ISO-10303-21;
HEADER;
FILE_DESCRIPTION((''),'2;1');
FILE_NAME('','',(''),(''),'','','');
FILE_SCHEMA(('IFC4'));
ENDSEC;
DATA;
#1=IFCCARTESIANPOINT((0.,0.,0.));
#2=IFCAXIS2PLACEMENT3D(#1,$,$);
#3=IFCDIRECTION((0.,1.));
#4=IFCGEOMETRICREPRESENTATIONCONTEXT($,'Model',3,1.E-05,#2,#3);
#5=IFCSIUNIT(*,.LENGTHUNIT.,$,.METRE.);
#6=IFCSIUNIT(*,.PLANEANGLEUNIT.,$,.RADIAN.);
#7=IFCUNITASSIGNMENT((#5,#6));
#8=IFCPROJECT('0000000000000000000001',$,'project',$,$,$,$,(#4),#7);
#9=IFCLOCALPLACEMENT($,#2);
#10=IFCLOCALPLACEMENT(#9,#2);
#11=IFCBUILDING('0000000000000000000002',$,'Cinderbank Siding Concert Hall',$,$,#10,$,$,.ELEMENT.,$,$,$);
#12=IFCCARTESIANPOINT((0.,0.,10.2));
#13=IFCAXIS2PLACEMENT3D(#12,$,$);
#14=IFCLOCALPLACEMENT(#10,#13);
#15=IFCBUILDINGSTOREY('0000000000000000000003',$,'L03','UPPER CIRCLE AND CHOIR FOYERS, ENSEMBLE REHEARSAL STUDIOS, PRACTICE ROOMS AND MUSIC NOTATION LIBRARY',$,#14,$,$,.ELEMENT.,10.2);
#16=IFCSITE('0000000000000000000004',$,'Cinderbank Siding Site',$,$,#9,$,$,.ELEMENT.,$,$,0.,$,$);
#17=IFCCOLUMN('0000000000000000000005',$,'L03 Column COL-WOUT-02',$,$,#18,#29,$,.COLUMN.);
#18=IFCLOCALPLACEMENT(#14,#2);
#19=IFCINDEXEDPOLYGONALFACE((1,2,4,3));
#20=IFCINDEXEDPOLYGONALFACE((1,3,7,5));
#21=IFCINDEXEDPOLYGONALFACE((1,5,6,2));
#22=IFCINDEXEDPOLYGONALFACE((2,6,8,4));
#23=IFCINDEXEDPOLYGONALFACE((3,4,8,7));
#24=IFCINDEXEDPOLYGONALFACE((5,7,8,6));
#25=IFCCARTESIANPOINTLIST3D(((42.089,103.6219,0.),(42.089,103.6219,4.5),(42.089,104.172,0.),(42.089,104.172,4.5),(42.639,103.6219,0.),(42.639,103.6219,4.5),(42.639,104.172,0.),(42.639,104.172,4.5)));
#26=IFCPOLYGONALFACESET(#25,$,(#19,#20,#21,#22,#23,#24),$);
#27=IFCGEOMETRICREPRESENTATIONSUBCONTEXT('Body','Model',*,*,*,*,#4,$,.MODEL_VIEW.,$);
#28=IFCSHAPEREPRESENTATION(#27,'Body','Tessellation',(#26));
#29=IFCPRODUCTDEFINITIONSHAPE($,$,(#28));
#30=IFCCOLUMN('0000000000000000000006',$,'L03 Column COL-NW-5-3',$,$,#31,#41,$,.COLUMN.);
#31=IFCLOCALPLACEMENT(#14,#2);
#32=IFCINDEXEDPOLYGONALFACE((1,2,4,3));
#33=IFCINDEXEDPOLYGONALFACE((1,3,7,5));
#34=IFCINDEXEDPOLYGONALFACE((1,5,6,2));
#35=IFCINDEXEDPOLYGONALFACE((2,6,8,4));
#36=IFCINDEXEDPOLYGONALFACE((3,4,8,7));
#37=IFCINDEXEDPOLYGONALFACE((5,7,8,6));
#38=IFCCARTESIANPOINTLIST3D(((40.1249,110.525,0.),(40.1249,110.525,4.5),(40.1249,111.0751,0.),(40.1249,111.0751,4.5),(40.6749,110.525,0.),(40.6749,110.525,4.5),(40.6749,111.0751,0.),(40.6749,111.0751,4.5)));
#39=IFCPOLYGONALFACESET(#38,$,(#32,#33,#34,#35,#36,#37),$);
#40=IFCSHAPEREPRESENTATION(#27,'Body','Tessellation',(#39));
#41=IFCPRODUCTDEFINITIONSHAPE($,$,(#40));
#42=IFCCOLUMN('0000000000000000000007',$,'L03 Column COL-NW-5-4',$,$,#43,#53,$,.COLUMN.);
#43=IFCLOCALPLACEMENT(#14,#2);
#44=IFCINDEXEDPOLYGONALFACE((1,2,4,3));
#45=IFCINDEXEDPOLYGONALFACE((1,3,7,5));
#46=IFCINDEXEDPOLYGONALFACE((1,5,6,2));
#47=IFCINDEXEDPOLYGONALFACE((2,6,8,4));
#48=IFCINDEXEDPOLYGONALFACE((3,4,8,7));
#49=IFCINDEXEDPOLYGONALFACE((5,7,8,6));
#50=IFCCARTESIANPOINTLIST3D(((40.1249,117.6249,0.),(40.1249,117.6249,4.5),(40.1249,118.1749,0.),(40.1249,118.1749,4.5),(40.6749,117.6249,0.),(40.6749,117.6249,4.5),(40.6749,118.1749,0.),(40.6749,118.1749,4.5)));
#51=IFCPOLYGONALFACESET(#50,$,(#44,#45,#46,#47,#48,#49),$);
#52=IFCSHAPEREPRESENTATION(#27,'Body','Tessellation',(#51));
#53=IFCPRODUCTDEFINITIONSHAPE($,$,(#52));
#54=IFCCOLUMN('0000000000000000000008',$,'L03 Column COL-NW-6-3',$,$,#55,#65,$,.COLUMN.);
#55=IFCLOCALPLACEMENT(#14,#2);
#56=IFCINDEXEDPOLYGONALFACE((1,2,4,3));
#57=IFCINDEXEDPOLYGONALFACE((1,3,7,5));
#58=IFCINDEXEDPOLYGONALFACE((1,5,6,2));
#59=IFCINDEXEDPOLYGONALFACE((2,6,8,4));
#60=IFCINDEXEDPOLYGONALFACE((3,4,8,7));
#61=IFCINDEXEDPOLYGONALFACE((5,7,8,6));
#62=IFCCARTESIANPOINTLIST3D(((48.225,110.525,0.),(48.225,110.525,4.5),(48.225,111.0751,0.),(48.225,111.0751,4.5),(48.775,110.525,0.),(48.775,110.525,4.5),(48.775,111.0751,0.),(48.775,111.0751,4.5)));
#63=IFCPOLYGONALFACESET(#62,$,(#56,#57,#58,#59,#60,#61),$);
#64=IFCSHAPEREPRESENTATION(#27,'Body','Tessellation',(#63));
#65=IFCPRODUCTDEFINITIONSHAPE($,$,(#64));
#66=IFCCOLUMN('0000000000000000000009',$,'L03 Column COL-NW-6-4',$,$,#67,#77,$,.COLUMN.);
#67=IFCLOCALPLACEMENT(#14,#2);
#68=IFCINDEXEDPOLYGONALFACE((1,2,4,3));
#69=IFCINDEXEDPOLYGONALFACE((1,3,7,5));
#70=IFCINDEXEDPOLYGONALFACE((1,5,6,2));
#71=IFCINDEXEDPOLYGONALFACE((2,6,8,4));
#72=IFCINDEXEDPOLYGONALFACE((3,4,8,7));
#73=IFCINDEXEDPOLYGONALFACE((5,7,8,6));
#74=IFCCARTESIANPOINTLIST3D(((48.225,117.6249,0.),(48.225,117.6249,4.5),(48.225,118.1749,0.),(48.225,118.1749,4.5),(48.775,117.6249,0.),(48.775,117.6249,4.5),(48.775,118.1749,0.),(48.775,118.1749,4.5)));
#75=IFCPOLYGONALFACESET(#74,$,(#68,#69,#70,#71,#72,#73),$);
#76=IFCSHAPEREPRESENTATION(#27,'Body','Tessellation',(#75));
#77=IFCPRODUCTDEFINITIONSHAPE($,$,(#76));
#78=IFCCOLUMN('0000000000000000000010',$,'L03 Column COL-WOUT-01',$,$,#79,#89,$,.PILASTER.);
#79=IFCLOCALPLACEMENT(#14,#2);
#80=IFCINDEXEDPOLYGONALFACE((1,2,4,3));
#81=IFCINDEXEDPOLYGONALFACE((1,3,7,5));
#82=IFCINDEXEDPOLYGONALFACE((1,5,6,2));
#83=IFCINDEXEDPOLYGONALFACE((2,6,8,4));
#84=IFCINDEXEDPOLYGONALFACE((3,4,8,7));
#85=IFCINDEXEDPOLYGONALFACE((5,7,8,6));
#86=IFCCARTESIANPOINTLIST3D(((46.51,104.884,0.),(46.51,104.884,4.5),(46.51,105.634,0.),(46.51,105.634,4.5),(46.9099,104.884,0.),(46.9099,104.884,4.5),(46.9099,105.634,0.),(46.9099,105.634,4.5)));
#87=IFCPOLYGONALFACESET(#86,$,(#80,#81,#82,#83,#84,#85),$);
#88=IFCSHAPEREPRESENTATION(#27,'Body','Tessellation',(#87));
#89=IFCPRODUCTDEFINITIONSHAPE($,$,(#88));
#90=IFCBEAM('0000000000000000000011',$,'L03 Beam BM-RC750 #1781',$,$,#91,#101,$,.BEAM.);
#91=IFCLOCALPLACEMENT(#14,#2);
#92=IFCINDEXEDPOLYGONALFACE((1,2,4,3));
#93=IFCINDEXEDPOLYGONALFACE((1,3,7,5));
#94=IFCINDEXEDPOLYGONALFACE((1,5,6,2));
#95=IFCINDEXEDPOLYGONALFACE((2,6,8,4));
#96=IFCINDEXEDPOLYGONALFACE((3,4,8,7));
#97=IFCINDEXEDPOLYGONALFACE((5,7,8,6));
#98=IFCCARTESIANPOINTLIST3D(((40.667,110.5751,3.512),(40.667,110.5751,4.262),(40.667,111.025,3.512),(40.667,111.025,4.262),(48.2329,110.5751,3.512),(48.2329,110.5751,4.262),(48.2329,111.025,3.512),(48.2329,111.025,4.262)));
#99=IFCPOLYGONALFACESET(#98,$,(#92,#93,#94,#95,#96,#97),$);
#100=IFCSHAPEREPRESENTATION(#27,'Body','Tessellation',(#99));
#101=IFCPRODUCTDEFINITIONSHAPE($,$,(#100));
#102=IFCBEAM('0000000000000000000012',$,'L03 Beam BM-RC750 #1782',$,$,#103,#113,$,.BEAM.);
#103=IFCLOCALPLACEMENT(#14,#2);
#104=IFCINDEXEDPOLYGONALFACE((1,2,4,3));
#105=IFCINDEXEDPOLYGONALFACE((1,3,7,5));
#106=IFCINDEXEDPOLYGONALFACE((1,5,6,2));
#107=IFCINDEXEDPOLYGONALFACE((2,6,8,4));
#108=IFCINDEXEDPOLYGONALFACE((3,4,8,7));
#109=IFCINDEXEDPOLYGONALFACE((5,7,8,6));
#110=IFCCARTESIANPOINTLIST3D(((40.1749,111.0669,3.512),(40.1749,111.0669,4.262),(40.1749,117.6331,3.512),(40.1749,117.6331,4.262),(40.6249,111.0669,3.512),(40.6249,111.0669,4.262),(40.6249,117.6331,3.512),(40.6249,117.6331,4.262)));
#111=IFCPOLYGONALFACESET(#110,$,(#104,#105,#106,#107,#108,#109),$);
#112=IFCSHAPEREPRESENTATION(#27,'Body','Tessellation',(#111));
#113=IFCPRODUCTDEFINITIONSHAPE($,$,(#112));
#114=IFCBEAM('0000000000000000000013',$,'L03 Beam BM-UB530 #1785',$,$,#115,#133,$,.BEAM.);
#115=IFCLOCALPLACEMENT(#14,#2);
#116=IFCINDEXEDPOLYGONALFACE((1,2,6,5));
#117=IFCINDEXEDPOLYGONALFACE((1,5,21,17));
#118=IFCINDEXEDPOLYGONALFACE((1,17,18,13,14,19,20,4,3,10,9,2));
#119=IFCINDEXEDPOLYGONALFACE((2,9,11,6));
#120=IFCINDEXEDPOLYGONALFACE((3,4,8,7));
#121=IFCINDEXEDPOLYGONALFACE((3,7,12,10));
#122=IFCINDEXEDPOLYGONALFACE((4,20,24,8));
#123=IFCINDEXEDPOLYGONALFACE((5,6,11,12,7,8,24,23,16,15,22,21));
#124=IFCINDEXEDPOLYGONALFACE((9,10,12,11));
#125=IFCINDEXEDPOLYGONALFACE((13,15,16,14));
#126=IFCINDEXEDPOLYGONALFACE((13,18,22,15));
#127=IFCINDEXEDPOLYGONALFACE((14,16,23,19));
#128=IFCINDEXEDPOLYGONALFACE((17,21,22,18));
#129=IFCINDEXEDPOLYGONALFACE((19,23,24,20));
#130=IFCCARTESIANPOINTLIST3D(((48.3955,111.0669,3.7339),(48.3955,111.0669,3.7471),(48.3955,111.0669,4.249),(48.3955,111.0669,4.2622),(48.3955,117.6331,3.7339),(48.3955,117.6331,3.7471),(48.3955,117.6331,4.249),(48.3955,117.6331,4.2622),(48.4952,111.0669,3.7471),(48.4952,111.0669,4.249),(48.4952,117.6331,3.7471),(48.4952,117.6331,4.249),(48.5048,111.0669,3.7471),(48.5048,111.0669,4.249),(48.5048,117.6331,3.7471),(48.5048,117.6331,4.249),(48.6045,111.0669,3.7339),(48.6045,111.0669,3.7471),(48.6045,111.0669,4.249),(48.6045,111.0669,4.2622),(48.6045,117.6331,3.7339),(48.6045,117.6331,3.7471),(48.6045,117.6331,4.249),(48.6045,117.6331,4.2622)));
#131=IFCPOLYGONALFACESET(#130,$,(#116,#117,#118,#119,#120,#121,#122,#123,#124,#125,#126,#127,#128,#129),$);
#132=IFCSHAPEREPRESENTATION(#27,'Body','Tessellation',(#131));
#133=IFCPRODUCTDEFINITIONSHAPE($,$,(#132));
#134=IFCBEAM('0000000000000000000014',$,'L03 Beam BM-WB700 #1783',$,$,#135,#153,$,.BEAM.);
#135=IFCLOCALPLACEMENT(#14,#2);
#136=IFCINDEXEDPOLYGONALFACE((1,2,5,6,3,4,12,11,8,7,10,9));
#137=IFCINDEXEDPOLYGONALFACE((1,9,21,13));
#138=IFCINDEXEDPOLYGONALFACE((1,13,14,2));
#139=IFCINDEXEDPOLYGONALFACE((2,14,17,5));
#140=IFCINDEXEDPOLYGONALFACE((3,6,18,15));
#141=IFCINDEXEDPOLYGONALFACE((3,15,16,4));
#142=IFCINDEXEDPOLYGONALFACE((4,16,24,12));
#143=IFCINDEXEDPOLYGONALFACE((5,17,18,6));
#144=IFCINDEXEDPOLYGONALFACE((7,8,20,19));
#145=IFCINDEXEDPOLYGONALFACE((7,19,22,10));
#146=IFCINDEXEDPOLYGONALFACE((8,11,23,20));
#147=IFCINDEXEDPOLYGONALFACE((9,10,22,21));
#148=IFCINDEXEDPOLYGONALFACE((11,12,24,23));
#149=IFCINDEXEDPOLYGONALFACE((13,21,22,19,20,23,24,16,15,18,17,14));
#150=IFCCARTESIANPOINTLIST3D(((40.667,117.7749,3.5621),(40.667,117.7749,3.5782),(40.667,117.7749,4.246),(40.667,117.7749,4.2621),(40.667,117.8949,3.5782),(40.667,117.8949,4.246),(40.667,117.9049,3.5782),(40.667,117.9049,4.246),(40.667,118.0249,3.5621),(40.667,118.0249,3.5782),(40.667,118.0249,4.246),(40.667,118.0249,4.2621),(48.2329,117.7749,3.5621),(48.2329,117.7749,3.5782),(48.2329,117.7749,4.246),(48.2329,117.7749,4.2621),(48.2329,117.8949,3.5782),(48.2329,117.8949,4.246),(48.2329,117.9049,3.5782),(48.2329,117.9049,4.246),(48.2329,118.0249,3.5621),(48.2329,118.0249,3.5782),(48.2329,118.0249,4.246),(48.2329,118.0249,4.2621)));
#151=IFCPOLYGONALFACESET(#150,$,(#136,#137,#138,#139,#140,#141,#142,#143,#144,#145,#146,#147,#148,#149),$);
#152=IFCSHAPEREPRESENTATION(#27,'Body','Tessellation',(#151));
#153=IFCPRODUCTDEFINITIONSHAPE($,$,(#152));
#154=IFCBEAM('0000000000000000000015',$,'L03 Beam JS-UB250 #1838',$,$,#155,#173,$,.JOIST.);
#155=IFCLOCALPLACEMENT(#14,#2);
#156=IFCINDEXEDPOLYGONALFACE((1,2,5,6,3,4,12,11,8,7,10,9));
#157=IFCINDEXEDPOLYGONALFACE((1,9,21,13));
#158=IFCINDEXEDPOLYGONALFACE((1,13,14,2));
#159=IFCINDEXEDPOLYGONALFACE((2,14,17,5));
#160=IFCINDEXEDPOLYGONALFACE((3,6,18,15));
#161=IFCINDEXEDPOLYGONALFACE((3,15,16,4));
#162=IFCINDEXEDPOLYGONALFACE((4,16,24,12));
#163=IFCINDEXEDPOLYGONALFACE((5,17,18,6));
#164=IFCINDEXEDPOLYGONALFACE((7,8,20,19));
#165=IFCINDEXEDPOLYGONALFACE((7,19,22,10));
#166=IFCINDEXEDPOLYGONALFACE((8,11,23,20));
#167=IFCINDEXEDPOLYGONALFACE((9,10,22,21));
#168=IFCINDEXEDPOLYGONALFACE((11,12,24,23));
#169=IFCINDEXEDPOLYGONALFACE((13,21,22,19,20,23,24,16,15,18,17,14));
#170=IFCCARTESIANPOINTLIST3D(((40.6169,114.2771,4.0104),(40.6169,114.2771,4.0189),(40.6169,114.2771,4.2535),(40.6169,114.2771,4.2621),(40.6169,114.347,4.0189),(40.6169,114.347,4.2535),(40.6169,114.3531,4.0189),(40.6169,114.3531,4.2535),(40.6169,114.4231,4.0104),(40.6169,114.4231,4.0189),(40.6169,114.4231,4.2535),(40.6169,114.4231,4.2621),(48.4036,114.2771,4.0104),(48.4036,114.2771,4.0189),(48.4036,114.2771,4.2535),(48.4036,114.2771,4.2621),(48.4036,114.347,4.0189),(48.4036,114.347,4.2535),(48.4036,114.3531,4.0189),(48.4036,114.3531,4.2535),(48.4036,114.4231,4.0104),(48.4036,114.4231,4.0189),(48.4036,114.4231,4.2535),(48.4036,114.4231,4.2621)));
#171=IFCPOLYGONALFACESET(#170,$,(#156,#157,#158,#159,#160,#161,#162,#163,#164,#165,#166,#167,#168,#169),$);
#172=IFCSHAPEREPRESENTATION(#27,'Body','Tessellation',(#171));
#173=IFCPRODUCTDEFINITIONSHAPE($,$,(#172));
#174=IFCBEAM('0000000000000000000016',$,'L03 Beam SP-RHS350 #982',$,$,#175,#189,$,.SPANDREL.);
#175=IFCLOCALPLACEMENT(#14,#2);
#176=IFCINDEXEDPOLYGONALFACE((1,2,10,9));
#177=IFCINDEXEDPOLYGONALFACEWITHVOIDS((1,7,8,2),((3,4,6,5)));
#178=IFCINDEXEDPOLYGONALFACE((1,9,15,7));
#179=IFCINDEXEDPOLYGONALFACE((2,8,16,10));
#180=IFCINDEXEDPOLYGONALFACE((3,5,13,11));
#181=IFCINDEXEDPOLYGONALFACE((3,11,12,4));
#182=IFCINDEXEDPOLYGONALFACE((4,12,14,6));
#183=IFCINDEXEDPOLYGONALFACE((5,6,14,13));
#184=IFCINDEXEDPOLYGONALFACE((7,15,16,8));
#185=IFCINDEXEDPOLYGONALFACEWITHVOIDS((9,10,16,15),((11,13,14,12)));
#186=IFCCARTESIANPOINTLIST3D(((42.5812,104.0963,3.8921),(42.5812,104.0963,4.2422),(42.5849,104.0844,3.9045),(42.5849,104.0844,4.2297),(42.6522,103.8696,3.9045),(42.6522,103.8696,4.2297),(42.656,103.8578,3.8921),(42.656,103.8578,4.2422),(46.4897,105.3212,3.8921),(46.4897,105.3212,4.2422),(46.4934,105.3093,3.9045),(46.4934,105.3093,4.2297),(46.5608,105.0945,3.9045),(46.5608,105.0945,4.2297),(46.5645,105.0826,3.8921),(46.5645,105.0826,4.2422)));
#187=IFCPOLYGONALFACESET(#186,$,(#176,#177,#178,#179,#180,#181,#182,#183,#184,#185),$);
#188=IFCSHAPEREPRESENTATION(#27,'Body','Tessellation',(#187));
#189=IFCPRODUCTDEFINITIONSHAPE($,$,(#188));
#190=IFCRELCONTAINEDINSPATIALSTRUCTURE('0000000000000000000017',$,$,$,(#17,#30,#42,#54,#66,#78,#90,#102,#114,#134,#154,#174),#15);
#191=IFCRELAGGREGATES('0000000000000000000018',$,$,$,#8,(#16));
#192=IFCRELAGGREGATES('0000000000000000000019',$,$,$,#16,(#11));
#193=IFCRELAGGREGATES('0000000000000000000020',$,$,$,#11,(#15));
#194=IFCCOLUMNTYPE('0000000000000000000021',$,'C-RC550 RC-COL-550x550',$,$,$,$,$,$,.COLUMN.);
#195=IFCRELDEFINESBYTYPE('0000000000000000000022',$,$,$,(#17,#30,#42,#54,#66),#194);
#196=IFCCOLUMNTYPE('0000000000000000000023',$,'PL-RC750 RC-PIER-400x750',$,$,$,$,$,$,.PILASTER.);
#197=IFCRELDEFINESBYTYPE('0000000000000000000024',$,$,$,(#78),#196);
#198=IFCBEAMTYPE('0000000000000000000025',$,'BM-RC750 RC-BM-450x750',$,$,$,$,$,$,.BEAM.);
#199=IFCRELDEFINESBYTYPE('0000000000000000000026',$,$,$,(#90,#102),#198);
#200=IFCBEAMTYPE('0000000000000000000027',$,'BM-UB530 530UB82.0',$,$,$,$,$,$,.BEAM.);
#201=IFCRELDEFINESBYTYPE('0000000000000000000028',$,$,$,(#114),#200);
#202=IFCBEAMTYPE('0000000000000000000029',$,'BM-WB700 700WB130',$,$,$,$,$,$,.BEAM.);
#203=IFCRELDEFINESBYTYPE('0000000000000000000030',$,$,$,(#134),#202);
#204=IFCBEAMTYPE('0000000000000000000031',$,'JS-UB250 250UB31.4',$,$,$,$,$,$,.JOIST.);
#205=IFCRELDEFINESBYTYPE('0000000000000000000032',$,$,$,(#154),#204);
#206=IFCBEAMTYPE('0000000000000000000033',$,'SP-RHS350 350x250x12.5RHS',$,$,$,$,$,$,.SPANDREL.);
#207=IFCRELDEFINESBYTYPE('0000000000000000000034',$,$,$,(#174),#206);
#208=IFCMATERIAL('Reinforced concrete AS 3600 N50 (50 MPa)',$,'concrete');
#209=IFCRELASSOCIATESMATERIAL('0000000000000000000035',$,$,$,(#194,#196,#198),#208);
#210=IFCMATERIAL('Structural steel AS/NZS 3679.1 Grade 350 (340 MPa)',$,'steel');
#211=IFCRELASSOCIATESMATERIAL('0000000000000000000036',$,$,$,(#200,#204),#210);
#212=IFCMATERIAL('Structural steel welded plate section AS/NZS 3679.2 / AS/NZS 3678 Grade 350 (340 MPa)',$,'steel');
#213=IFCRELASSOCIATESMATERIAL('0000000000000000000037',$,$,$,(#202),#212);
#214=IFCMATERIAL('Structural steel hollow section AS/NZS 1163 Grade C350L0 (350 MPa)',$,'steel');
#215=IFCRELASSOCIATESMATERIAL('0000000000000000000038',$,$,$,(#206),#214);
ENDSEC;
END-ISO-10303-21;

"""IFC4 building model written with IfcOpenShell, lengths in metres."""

from ifc_helpers import new_model, si_unit, direction, frame, origin, origin_2d, place, context, subcontext, project, spatial, rectangle, hollow_rectangle, i_section, extrude, material, material_profile, profile_set, type_object, element, save


model = new_model("IFC4")

# Units and contexts
model_context = context("Model", 3, precision=1e-05, world=origin(), true_north=direction((0.0, 1.0)))
body_context = subcontext(model_context, "Body", "Model", "MODEL_VIEW")
ifc_project = project(units=[si_unit("LENGTHUNIT", "METRE"), si_unit("PLANEANGLEUNIT", "RADIAN")], contexts=[model_context])

# Site, building, storey
site_placement = place(None, origin())
site = spatial("IfcSite", under=ifc_project, at=site_placement, Name="Cinderbank Siding Site", CompositionType="ELEMENT", RefElevation=0.0)
building_placement = place(site_placement, origin())
building = spatial("IfcBuilding", under=site, at=building_placement, Name="Cinderbank Siding Concert Hall", CompositionType="ELEMENT")
storey_placement = place(building_placement, frame((0.0, 0.0, 10.2)))
storey = spatial("IfcBuildingStorey", under=building, at=storey_placement, Name="L03", Description="UPPER CIRCLE AND CHOIR FOYERS, ENSEMBLE REHEARSAL STUDIOS, PRACTICE ROOMS AND MUSIC NOTATION LIBRARY", CompositionType="ELEMENT", Elevation=10.2)

# Columns
ifc_material_1 = material(Name="Reinforced concrete AS 3600 N50 (50 MPa)", Category="concrete")
ifc_material_profile_1 = material_profile(ifc_material_1, rectangle(XDim=0.55, YDim=0.55, at=origin_2d()), Name="RC-COL-550x550", Category="LoadBearing")
ifc_profile_set_1 = profile_set([ifc_material_profile_1], Name="Reinforced concrete AS 3600 N50 (50 MPa)")
column_type_1 = type_object("IfcColumnType", Name="C-RC550 RC-COL-550x550", PredefinedType="COLUMN", material=ifc_profile_set_1)
for number, where, z_axis, x_axis, name in (
    (1, (42.364, 103.897, 0.0), (0.0, 0.0, 1.0), (1.0, 0.0, 0.0), "L03 Column COL-WOUT-02"),
    (2, (40.3999, 110.8, 0.0), (0.0, 0.0, 1.0), (1.0, 0.0, 0.0), "L03 Column COL-NW-5-3"),
    (3, (40.3999, 117.8999, 0.0), (0.0, 0.0, 1.0), (1.0, 0.0, 0.0), "L03 Column COL-NW-5-4"),
    (4, (48.5, 110.8, 0.0), (0.0, 0.0, 1.0), (1.0, 0.0, 0.0), "L03 Column COL-NW-6-3"),
    (5, (48.5, 117.8999, 0.0), (0.0, 0.0, 1.0), (1.0, 0.0, 0.0), "L03 Column COL-NW-6-4"),
):
    element("IfcColumn", number, at=place(storey_placement, frame(where, z_axis=z_axis, x_axis=x_axis)), inside=storey, type_object=column_type_1, Name=name, PredefinedType="COLUMN", context=body_context, shape_type="SweptSolid", body=[
        extrude(rectangle(XDim=0.55, YDim=0.55, at=origin_2d()), origin(), (0.0, 0.0, 1.0), 4.5),
    ])
ifc_material_profile_2 = material_profile(ifc_material_1, rectangle(XDim=0.3999, YDim=0.75, at=origin_2d()), Name="RC-PIER-400x750", Category="LoadBearing")
ifc_profile_set_2 = profile_set([ifc_material_profile_2], Name="Reinforced concrete AS 3600 N50 (50 MPa)")
column_type_2 = type_object("IfcColumnType", Name="PL-RC750 RC-PIER-400x750", PredefinedType="PILASTER", material=ifc_profile_set_2)
column_placement = place(storey_placement, frame((46.71, 105.259, 0.0), z_axis=(0.0, 0.0, 1.0), x_axis=(1.0, 0.0, 0.0)))
element("IfcColumn", 6, at=column_placement, inside=storey, type_object=column_type_2, Name="L03 Column COL-WOUT-01", PredefinedType="PILASTER", context=body_context, shape_type="SweptSolid", body=[
    extrude(rectangle(XDim=0.3999, YDim=0.75, at=origin_2d()), origin(), (0.0, 0.0, 1.0), 4.5),
])

# Beams
ifc_material_profile_3 = material_profile(ifc_material_1, rectangle(XDim=0.45, YDim=0.75, at=origin_2d()), Name="RC-BM-450x750", Category="LoadBearing")
ifc_profile_set_3 = profile_set([ifc_material_profile_3], Name="Reinforced concrete AS 3600 N50 (50 MPa)")
beam_type_1 = type_object("IfcBeamType", Name="BM-RC750 RC-BM-450x750", PredefinedType="BEAM", material=ifc_profile_set_3)
beam_1_placement = place(storey_placement, frame((40.667, 110.8, 3.887), z_axis=(1.0, 0.0, 0.0), x_axis=(0.0, 1.0, 0.0)))
element("IfcBeam", 7, at=beam_1_placement, inside=storey, type_object=beam_type_1, Name="L03 Beam BM-RC750 #1781", PredefinedType="BEAM", context=body_context, shape_type="SweptSolid", body=[
    extrude(rectangle(XDim=0.45, YDim=0.75, at=origin_2d()), origin(), (0.0, 0.0, 1.0), 7.5659),
])
beam_2_placement = place(storey_placement, frame((40.3999, 111.0669, 3.887), z_axis=(0.0, 1.0, 0.0), x_axis=(-1.0, 0.0, 0.0)))
element("IfcBeam", 8, at=beam_2_placement, inside=storey, type_object=beam_type_1, Name="L03 Beam BM-RC750 #1782", PredefinedType="BEAM", context=body_context, shape_type="SweptSolid", body=[
    extrude(rectangle(XDim=0.45, YDim=0.75, at=origin_2d()), origin(), (0.0, 0.0, 1.0), 6.5662),
])
ifc_material_2 = material(Name="Structural steel AS/NZS 3679.1 Grade 350 (340 MPa)", Category="steel")
ifc_material_profile_4 = material_profile(ifc_material_2, i_section(OverallWidth=0.209, OverallDepth=0.5283, WebThickness=0.0095, FlangeThickness=0.0132, at=origin_2d()), Name="530UB82.0", Category="LoadBearing")
ifc_profile_set_4 = profile_set([ifc_material_profile_4], Name="Structural steel AS/NZS 3679.1 Grade 350 (340 MPa)")
beam_type_2 = type_object("IfcBeamType", Name="BM-UB530 530UB82.0", PredefinedType="BEAM", material=ifc_profile_set_4)
beam_3_placement = place(storey_placement, frame((48.5, 111.0669, 3.998), z_axis=(0.0, 1.0, 0.0), x_axis=(-1.0, 0.0, 0.0)))
element("IfcBeam", 9, at=beam_3_placement, inside=storey, type_object=beam_type_2, Name="L03 Beam BM-UB530 #1785", PredefinedType="BEAM", context=body_context, shape_type="SweptSolid", body=[
    extrude(i_section(OverallWidth=0.209, OverallDepth=0.5283, WebThickness=0.0095, FlangeThickness=0.0132, at=origin_2d()), origin(), (0.0, 0.0, 1.0), 6.5662),
])
ifc_material_3 = material(Name="Structural steel welded plate section AS/NZS 3679.2 / AS/NZS 3678 Grade 350 (340 MPa)", Category="steel")
ifc_material_profile_5 = material_profile(ifc_material_3, i_section(OverallWidth=0.25, OverallDepth=0.7, WebThickness=0.01, FlangeThickness=0.0161, at=origin_2d()), Name="700WB130", Category="LoadBearing")
ifc_profile_set_5 = profile_set([ifc_material_profile_5], Name="Structural steel welded plate section AS/NZS 3679.2 / AS/NZS 3678 Grade 350 (340 MPa)")
beam_type_3 = type_object("IfcBeamType", Name="BM-WB700 700WB130", PredefinedType="BEAM", material=ifc_profile_set_5)
beam_4_placement = place(storey_placement, frame((40.667, 117.8999, 3.9121), z_axis=(1.0, 0.0, 0.0), x_axis=(0.0, 1.0, 0.0)))
element("IfcBeam", 10, at=beam_4_placement, inside=storey, type_object=beam_type_3, Name="L03 Beam BM-WB700 #1783", PredefinedType="BEAM", context=body_context, shape_type="SweptSolid", body=[
    extrude(i_section(OverallWidth=0.25, OverallDepth=0.7, WebThickness=0.01, FlangeThickness=0.0161, at=origin_2d()), origin(), (0.0, 0.0, 1.0), 7.5659),
])
ifc_material_profile_6 = material_profile(ifc_material_2, i_section(OverallWidth=0.146, OverallDepth=0.2517, WebThickness=0.0061, FlangeThickness=0.0085, at=origin_2d()), Name="250UB31.4", Category="LoadBearing")
ifc_profile_set_6 = profile_set([ifc_material_profile_6], Name="Structural steel AS/NZS 3679.1 Grade 350 (340 MPa)")
beam_type_4 = type_object("IfcBeamType", Name="JS-UB250 250UB31.4", PredefinedType="JOIST", material=ifc_profile_set_6)
beam_5_placement = place(storey_placement, frame((40.6169, 114.3501, 4.1362), z_axis=(1.0, 0.0, 0.0), x_axis=(0.0, 1.0, 0.0)))
element("IfcBeam", 11, at=beam_5_placement, inside=storey, type_object=beam_type_4, Name="L03 Beam JS-UB250 #1838", PredefinedType="JOIST", context=body_context, shape_type="SweptSolid", body=[
    extrude(i_section(OverallWidth=0.146, OverallDepth=0.2517, WebThickness=0.0061, FlangeThickness=0.0085, at=origin_2d()), origin(), (0.0, 0.0, 1.0), 7.7866),
])
ifc_material_4 = material(Name="Structural steel hollow section AS/NZS 1163 Grade C350L0 (350 MPa)", Category="steel")
ifc_material_profile_7 = material_profile(ifc_material_4, hollow_rectangle(XDim=0.25, YDim=0.3501, WallThickness=0.0125, at=origin_2d()), Name="350x250x12.5RHS", Category="LoadBearing")
ifc_profile_set_7 = profile_set([ifc_material_profile_7], Name="Structural steel hollow section AS/NZS 1163 Grade C350L0 (350 MPa)")
beam_type_5 = type_object("IfcBeamType", Name="SP-RHS350 350x250x12.5RHS", PredefinedType="SPANDREL", material=ifc_profile_set_7)
beam_6_placement = place(storey_placement, frame((46.5271, 105.2019, 4.0671), z_axis=(-0.954239, -0.299045, 0.0), x_axis=(0.299045, -0.954239, 0.0)))
element("IfcBeam", 12, at=beam_6_placement, inside=storey, type_object=beam_type_5, Name="L03 Beam SP-RHS350 #982", PredefinedType="SPANDREL", context=body_context, shape_type="SweptSolid", body=[
    extrude(hollow_rectangle(XDim=0.25, YDim=0.3501, WallThickness=0.0125, at=origin_2d()), origin(), (0.0, 0.0, 1.0), 4.0959),
])

save(model, "model.ifc")
